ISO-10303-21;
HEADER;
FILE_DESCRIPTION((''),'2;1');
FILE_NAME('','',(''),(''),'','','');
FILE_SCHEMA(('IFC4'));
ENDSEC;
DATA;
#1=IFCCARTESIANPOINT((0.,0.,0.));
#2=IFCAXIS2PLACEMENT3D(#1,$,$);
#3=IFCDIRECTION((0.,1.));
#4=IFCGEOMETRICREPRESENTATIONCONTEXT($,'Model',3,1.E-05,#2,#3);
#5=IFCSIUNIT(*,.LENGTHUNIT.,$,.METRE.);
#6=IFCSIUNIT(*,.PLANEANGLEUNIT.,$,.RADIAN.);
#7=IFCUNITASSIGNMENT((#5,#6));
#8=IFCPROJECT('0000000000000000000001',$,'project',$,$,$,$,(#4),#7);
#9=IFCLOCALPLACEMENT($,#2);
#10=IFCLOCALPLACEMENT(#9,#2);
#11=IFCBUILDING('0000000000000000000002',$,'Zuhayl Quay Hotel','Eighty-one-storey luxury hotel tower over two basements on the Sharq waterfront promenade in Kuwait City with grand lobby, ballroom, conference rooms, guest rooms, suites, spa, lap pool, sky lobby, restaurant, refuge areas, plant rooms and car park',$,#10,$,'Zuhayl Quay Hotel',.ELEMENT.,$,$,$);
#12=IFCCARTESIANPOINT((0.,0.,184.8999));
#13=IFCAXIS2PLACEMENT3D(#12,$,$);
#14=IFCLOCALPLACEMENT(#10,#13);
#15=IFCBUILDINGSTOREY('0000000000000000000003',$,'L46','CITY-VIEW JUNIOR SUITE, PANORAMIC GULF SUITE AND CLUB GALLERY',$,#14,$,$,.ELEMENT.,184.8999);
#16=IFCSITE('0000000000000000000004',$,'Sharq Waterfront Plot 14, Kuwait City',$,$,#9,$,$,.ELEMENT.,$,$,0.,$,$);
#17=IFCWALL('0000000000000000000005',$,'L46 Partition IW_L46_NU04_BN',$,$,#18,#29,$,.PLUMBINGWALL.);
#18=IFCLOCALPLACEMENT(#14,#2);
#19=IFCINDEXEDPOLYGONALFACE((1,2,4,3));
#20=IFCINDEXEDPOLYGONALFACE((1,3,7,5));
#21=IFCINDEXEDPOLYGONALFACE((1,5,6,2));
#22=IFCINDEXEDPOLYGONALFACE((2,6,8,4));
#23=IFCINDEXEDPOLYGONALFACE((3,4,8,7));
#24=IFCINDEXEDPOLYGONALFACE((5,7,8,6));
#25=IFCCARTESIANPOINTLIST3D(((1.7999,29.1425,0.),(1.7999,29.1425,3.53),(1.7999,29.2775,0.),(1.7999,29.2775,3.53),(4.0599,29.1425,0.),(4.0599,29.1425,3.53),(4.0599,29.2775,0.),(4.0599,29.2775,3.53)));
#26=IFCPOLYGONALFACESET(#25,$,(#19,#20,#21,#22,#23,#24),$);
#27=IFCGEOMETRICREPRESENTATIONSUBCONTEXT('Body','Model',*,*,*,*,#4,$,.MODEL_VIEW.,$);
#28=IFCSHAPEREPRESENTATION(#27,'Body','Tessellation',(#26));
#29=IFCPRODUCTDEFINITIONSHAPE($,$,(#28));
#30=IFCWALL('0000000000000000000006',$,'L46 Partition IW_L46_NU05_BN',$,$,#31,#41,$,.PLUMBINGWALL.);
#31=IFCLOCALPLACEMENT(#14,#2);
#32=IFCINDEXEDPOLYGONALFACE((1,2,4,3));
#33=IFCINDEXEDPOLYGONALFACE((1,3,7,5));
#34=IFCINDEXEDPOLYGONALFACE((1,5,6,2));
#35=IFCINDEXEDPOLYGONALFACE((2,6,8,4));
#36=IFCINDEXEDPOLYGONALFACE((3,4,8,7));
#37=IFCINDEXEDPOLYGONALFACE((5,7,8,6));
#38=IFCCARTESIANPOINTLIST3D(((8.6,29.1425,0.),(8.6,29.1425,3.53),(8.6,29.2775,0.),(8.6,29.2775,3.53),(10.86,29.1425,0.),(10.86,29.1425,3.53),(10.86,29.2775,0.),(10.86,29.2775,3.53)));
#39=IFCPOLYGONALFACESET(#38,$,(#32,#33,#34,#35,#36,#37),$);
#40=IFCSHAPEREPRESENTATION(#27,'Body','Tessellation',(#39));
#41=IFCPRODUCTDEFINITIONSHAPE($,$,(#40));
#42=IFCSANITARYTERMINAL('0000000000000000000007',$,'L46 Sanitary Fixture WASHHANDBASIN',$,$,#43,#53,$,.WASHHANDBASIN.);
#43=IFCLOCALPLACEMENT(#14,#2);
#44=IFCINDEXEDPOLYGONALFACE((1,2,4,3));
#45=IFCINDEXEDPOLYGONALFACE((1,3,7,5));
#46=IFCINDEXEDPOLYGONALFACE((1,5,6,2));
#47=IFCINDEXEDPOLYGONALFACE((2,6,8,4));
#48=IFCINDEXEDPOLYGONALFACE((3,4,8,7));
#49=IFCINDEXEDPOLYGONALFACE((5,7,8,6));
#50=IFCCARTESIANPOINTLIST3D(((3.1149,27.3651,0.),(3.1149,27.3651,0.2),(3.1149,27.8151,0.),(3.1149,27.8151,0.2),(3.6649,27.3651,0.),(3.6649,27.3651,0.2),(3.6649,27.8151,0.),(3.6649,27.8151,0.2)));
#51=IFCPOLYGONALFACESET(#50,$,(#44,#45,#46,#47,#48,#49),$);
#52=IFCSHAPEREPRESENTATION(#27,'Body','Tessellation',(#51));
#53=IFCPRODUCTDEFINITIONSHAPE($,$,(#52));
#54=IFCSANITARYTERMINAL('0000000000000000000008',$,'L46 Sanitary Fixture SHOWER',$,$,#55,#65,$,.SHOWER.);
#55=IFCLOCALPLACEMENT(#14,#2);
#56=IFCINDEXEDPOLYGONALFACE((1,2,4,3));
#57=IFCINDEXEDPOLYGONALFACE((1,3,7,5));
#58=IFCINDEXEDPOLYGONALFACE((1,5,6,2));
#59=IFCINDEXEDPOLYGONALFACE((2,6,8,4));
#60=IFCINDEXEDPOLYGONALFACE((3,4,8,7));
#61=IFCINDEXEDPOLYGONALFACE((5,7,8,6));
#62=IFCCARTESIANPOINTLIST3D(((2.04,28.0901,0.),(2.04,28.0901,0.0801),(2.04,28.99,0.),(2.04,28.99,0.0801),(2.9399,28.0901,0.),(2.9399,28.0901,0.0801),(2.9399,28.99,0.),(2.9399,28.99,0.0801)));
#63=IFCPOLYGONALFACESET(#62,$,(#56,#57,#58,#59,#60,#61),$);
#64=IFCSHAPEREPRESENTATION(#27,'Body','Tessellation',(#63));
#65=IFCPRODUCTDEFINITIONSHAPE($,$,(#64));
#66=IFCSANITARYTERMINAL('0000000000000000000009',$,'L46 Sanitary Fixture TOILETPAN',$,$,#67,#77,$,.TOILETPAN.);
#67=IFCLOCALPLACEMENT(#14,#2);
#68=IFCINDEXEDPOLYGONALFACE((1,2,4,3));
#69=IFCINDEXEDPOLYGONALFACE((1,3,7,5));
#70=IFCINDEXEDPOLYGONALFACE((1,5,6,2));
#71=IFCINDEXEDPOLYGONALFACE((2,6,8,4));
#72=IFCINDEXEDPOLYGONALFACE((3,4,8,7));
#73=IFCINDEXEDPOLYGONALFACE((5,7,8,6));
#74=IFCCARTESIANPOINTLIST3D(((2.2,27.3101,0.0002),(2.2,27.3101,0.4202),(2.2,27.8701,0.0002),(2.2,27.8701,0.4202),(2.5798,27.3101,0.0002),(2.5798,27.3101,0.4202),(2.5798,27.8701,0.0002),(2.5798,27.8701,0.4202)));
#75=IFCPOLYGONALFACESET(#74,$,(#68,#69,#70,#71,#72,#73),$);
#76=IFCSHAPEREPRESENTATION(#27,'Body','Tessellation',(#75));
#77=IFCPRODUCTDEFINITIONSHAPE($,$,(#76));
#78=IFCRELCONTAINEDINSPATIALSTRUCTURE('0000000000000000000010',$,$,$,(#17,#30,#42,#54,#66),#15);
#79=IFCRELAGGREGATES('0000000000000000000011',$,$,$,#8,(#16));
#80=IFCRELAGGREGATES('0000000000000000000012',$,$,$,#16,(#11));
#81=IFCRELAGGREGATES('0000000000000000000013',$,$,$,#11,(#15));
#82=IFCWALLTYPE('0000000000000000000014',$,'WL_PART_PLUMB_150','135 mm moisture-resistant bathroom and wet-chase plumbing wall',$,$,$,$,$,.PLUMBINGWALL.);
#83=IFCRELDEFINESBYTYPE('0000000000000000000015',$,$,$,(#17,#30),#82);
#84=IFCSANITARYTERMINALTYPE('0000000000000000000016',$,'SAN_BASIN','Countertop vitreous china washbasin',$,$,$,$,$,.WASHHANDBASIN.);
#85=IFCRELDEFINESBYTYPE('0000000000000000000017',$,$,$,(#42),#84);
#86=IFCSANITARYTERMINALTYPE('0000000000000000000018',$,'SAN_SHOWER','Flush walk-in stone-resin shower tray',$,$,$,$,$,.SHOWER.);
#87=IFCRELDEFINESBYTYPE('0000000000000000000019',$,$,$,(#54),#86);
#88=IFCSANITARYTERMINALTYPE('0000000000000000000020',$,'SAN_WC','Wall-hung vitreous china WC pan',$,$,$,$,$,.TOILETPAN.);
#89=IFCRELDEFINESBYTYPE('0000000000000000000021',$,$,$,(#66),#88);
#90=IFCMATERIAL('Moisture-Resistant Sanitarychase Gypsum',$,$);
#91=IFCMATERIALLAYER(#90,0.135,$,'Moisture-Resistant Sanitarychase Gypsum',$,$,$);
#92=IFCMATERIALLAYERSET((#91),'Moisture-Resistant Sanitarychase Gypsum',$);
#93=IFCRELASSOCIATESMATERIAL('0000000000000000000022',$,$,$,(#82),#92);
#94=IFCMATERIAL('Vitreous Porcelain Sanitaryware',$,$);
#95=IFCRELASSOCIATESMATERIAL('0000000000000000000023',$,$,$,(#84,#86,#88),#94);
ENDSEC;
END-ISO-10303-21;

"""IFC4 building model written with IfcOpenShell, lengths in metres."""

from ifc_helpers import new_model, si_unit, direction, frame, frame_2d, origin, origin_2d, place, context, subcontext, project, spatial, rectangle, extrude, material, layer, layer_set, type_object, element, save


model = new_model("IFC4")

# Units and contexts
model_context = context("Model", 3, precision=1e-05, world=origin(), true_north=direction((0.0, 1.0)))
body_context = subcontext(model_context, "Body", "Model", "MODEL_VIEW")
ifc_project = project(units=[si_unit("LENGTHUNIT", "METRE"), si_unit("PLANEANGLEUNIT", "RADIAN")], contexts=[model_context])

# Site, building, storey
site_placement = place(None, origin())
site = spatial("IfcSite", under=ifc_project, at=site_placement, Name="Sharq Waterfront Plot 14, Kuwait City", CompositionType="ELEMENT", RefElevation=0.0)
building_placement = place(site_placement, origin())
building = spatial("IfcBuilding", under=site, at=building_placement, Name="Zuhayl Quay Hotel", Description="Eighty-one-storey luxury hotel tower over two basements on the Sharq waterfront promenade in Kuwait City with grand lobby, ballroom, conference rooms, guest rooms, suites, spa, lap pool, sky lobby, restaurant, refuge areas, plant rooms and car park", LongName="Zuhayl Quay Hotel", CompositionType="ELEMENT")
storey_placement = place(building_placement, frame((0.0, 0.0, 184.8999)))
storey = spatial("IfcBuildingStorey", under=building, at=storey_placement, Name="L46", Description="CITY-VIEW JUNIOR SUITE, PANORAMIC GULF SUITE AND CLUB GALLERY", CompositionType="ELEMENT", Elevation=184.8999)

# Shared definitions
ifc_material_1 = material(Name="Moisture-Resistant Sanitarychase Gypsum")
ifc_layer_1 = layer(ifc_material_1, 0.135, Name="Moisture-Resistant Sanitarychase Gypsum")
ifc_layer_set_1 = layer_set([ifc_layer_1], Name="Moisture-Resistant Sanitarychase Gypsum")
wall_type_1 = type_object("IfcWallType", Name="WL_PART_PLUMB_150", Description="135 mm moisture-resistant bathroom and wet-chase plumbing wall", PredefinedType="PLUMBINGWALL", material=ifc_layer_set_1)

# Walls
for number, where, z_axis, x_axis, name in (
    (1, (1.8, 29.21, 0.0), (0.0, 0.0, 1.0), (1.0, 0.0, 0.0), "L46 Partition IW_L46_NU04_BN"),
    (2, (8.6001, 29.21, 0.0), (0.0, 0.0, 1.0), (1.0, 0.0, 0.0), "L46 Partition IW_L46_NU05_BN"),
):
    element("IfcWall", number, at=place(storey_placement, frame(where, z_axis=z_axis, x_axis=x_axis)), inside=storey, type_object=wall_type_1, Name=name, PredefinedType="PLUMBINGWALL", context=body_context, shape_type="SweptSolid", body=[
        extrude(rectangle(XDim=2.26, YDim=0.135, at=frame_2d((1.1299, 0.0))), origin(), (0.0, 0.0, 1.0), 3.53),
    ])

# Sanitary terminals
ifc_material_2 = material(Name="Vitreous Porcelain Sanitaryware")
sanitary_terminal_type_1 = type_object("IfcSanitaryTerminalType", Name="SAN_BASIN", Description="Countertop vitreous china washbasin", PredefinedType="WASHHANDBASIN", material=ifc_material_2)
sanitary_terminal_1_placement = place(storey_placement, frame((3.3899, 27.5901, 0.0), z_axis=(0.0, 0.0, 1.0), x_axis=(1.0, 0.0, 0.0)))
element("IfcSanitaryTerminal", 3, at=sanitary_terminal_1_placement, inside=storey, type_object=sanitary_terminal_type_1, Name="L46 Sanitary Fixture WASHHANDBASIN", PredefinedType="WASHHANDBASIN", context=body_context, shape_type="SweptSolid", body=[
    extrude(rectangle(XDim=0.55, YDim=0.45, at=origin_2d()), origin(), (0.0, 0.0, 1.0), 0.2),
])
sanitary_terminal_type_2 = type_object("IfcSanitaryTerminalType", Name="SAN_SHOWER", Description="Flush walk-in stone-resin shower tray", PredefinedType="SHOWER", material=ifc_material_2)
sanitary_terminal_2_placement = place(storey_placement, frame((2.49, 28.54, 0.0), z_axis=(0.0, 0.0, 1.0), x_axis=(1.0, 0.0, 0.0)))
element("IfcSanitaryTerminal", 4, at=sanitary_terminal_2_placement, inside=storey, type_object=sanitary_terminal_type_2, Name="L46 Sanitary Fixture SHOWER", PredefinedType="SHOWER", context=body_context, shape_type="SweptSolid", body=[
    extrude(rectangle(XDim=0.8999, YDim=0.8999, at=origin_2d()), origin(), (0.0, 0.0, 1.0), 0.0801),
])
sanitary_terminal_type_3 = type_object("IfcSanitaryTerminalType", Name="SAN_WC", Description="Wall-hung vitreous china WC pan", PredefinedType="TOILETPAN", material=ifc_material_2)
sanitary_terminal_3_placement = place(storey_placement, frame((2.3899, 27.5901, 0.0002), z_axis=(0.0, 0.0, 1.0), x_axis=(1.0, 0.0, 0.0)))
element("IfcSanitaryTerminal", 5, at=sanitary_terminal_3_placement, inside=storey, type_object=sanitary_terminal_type_3, Name="L46 Sanitary Fixture TOILETPAN", PredefinedType="TOILETPAN", context=body_context, shape_type="SweptSolid", body=[
    extrude(rectangle(XDim=0.3799, YDim=0.5601, at=origin_2d()), origin(), (0.0, 0.0, 1.0), 0.4199),
])

save(model, "model.ifc")
